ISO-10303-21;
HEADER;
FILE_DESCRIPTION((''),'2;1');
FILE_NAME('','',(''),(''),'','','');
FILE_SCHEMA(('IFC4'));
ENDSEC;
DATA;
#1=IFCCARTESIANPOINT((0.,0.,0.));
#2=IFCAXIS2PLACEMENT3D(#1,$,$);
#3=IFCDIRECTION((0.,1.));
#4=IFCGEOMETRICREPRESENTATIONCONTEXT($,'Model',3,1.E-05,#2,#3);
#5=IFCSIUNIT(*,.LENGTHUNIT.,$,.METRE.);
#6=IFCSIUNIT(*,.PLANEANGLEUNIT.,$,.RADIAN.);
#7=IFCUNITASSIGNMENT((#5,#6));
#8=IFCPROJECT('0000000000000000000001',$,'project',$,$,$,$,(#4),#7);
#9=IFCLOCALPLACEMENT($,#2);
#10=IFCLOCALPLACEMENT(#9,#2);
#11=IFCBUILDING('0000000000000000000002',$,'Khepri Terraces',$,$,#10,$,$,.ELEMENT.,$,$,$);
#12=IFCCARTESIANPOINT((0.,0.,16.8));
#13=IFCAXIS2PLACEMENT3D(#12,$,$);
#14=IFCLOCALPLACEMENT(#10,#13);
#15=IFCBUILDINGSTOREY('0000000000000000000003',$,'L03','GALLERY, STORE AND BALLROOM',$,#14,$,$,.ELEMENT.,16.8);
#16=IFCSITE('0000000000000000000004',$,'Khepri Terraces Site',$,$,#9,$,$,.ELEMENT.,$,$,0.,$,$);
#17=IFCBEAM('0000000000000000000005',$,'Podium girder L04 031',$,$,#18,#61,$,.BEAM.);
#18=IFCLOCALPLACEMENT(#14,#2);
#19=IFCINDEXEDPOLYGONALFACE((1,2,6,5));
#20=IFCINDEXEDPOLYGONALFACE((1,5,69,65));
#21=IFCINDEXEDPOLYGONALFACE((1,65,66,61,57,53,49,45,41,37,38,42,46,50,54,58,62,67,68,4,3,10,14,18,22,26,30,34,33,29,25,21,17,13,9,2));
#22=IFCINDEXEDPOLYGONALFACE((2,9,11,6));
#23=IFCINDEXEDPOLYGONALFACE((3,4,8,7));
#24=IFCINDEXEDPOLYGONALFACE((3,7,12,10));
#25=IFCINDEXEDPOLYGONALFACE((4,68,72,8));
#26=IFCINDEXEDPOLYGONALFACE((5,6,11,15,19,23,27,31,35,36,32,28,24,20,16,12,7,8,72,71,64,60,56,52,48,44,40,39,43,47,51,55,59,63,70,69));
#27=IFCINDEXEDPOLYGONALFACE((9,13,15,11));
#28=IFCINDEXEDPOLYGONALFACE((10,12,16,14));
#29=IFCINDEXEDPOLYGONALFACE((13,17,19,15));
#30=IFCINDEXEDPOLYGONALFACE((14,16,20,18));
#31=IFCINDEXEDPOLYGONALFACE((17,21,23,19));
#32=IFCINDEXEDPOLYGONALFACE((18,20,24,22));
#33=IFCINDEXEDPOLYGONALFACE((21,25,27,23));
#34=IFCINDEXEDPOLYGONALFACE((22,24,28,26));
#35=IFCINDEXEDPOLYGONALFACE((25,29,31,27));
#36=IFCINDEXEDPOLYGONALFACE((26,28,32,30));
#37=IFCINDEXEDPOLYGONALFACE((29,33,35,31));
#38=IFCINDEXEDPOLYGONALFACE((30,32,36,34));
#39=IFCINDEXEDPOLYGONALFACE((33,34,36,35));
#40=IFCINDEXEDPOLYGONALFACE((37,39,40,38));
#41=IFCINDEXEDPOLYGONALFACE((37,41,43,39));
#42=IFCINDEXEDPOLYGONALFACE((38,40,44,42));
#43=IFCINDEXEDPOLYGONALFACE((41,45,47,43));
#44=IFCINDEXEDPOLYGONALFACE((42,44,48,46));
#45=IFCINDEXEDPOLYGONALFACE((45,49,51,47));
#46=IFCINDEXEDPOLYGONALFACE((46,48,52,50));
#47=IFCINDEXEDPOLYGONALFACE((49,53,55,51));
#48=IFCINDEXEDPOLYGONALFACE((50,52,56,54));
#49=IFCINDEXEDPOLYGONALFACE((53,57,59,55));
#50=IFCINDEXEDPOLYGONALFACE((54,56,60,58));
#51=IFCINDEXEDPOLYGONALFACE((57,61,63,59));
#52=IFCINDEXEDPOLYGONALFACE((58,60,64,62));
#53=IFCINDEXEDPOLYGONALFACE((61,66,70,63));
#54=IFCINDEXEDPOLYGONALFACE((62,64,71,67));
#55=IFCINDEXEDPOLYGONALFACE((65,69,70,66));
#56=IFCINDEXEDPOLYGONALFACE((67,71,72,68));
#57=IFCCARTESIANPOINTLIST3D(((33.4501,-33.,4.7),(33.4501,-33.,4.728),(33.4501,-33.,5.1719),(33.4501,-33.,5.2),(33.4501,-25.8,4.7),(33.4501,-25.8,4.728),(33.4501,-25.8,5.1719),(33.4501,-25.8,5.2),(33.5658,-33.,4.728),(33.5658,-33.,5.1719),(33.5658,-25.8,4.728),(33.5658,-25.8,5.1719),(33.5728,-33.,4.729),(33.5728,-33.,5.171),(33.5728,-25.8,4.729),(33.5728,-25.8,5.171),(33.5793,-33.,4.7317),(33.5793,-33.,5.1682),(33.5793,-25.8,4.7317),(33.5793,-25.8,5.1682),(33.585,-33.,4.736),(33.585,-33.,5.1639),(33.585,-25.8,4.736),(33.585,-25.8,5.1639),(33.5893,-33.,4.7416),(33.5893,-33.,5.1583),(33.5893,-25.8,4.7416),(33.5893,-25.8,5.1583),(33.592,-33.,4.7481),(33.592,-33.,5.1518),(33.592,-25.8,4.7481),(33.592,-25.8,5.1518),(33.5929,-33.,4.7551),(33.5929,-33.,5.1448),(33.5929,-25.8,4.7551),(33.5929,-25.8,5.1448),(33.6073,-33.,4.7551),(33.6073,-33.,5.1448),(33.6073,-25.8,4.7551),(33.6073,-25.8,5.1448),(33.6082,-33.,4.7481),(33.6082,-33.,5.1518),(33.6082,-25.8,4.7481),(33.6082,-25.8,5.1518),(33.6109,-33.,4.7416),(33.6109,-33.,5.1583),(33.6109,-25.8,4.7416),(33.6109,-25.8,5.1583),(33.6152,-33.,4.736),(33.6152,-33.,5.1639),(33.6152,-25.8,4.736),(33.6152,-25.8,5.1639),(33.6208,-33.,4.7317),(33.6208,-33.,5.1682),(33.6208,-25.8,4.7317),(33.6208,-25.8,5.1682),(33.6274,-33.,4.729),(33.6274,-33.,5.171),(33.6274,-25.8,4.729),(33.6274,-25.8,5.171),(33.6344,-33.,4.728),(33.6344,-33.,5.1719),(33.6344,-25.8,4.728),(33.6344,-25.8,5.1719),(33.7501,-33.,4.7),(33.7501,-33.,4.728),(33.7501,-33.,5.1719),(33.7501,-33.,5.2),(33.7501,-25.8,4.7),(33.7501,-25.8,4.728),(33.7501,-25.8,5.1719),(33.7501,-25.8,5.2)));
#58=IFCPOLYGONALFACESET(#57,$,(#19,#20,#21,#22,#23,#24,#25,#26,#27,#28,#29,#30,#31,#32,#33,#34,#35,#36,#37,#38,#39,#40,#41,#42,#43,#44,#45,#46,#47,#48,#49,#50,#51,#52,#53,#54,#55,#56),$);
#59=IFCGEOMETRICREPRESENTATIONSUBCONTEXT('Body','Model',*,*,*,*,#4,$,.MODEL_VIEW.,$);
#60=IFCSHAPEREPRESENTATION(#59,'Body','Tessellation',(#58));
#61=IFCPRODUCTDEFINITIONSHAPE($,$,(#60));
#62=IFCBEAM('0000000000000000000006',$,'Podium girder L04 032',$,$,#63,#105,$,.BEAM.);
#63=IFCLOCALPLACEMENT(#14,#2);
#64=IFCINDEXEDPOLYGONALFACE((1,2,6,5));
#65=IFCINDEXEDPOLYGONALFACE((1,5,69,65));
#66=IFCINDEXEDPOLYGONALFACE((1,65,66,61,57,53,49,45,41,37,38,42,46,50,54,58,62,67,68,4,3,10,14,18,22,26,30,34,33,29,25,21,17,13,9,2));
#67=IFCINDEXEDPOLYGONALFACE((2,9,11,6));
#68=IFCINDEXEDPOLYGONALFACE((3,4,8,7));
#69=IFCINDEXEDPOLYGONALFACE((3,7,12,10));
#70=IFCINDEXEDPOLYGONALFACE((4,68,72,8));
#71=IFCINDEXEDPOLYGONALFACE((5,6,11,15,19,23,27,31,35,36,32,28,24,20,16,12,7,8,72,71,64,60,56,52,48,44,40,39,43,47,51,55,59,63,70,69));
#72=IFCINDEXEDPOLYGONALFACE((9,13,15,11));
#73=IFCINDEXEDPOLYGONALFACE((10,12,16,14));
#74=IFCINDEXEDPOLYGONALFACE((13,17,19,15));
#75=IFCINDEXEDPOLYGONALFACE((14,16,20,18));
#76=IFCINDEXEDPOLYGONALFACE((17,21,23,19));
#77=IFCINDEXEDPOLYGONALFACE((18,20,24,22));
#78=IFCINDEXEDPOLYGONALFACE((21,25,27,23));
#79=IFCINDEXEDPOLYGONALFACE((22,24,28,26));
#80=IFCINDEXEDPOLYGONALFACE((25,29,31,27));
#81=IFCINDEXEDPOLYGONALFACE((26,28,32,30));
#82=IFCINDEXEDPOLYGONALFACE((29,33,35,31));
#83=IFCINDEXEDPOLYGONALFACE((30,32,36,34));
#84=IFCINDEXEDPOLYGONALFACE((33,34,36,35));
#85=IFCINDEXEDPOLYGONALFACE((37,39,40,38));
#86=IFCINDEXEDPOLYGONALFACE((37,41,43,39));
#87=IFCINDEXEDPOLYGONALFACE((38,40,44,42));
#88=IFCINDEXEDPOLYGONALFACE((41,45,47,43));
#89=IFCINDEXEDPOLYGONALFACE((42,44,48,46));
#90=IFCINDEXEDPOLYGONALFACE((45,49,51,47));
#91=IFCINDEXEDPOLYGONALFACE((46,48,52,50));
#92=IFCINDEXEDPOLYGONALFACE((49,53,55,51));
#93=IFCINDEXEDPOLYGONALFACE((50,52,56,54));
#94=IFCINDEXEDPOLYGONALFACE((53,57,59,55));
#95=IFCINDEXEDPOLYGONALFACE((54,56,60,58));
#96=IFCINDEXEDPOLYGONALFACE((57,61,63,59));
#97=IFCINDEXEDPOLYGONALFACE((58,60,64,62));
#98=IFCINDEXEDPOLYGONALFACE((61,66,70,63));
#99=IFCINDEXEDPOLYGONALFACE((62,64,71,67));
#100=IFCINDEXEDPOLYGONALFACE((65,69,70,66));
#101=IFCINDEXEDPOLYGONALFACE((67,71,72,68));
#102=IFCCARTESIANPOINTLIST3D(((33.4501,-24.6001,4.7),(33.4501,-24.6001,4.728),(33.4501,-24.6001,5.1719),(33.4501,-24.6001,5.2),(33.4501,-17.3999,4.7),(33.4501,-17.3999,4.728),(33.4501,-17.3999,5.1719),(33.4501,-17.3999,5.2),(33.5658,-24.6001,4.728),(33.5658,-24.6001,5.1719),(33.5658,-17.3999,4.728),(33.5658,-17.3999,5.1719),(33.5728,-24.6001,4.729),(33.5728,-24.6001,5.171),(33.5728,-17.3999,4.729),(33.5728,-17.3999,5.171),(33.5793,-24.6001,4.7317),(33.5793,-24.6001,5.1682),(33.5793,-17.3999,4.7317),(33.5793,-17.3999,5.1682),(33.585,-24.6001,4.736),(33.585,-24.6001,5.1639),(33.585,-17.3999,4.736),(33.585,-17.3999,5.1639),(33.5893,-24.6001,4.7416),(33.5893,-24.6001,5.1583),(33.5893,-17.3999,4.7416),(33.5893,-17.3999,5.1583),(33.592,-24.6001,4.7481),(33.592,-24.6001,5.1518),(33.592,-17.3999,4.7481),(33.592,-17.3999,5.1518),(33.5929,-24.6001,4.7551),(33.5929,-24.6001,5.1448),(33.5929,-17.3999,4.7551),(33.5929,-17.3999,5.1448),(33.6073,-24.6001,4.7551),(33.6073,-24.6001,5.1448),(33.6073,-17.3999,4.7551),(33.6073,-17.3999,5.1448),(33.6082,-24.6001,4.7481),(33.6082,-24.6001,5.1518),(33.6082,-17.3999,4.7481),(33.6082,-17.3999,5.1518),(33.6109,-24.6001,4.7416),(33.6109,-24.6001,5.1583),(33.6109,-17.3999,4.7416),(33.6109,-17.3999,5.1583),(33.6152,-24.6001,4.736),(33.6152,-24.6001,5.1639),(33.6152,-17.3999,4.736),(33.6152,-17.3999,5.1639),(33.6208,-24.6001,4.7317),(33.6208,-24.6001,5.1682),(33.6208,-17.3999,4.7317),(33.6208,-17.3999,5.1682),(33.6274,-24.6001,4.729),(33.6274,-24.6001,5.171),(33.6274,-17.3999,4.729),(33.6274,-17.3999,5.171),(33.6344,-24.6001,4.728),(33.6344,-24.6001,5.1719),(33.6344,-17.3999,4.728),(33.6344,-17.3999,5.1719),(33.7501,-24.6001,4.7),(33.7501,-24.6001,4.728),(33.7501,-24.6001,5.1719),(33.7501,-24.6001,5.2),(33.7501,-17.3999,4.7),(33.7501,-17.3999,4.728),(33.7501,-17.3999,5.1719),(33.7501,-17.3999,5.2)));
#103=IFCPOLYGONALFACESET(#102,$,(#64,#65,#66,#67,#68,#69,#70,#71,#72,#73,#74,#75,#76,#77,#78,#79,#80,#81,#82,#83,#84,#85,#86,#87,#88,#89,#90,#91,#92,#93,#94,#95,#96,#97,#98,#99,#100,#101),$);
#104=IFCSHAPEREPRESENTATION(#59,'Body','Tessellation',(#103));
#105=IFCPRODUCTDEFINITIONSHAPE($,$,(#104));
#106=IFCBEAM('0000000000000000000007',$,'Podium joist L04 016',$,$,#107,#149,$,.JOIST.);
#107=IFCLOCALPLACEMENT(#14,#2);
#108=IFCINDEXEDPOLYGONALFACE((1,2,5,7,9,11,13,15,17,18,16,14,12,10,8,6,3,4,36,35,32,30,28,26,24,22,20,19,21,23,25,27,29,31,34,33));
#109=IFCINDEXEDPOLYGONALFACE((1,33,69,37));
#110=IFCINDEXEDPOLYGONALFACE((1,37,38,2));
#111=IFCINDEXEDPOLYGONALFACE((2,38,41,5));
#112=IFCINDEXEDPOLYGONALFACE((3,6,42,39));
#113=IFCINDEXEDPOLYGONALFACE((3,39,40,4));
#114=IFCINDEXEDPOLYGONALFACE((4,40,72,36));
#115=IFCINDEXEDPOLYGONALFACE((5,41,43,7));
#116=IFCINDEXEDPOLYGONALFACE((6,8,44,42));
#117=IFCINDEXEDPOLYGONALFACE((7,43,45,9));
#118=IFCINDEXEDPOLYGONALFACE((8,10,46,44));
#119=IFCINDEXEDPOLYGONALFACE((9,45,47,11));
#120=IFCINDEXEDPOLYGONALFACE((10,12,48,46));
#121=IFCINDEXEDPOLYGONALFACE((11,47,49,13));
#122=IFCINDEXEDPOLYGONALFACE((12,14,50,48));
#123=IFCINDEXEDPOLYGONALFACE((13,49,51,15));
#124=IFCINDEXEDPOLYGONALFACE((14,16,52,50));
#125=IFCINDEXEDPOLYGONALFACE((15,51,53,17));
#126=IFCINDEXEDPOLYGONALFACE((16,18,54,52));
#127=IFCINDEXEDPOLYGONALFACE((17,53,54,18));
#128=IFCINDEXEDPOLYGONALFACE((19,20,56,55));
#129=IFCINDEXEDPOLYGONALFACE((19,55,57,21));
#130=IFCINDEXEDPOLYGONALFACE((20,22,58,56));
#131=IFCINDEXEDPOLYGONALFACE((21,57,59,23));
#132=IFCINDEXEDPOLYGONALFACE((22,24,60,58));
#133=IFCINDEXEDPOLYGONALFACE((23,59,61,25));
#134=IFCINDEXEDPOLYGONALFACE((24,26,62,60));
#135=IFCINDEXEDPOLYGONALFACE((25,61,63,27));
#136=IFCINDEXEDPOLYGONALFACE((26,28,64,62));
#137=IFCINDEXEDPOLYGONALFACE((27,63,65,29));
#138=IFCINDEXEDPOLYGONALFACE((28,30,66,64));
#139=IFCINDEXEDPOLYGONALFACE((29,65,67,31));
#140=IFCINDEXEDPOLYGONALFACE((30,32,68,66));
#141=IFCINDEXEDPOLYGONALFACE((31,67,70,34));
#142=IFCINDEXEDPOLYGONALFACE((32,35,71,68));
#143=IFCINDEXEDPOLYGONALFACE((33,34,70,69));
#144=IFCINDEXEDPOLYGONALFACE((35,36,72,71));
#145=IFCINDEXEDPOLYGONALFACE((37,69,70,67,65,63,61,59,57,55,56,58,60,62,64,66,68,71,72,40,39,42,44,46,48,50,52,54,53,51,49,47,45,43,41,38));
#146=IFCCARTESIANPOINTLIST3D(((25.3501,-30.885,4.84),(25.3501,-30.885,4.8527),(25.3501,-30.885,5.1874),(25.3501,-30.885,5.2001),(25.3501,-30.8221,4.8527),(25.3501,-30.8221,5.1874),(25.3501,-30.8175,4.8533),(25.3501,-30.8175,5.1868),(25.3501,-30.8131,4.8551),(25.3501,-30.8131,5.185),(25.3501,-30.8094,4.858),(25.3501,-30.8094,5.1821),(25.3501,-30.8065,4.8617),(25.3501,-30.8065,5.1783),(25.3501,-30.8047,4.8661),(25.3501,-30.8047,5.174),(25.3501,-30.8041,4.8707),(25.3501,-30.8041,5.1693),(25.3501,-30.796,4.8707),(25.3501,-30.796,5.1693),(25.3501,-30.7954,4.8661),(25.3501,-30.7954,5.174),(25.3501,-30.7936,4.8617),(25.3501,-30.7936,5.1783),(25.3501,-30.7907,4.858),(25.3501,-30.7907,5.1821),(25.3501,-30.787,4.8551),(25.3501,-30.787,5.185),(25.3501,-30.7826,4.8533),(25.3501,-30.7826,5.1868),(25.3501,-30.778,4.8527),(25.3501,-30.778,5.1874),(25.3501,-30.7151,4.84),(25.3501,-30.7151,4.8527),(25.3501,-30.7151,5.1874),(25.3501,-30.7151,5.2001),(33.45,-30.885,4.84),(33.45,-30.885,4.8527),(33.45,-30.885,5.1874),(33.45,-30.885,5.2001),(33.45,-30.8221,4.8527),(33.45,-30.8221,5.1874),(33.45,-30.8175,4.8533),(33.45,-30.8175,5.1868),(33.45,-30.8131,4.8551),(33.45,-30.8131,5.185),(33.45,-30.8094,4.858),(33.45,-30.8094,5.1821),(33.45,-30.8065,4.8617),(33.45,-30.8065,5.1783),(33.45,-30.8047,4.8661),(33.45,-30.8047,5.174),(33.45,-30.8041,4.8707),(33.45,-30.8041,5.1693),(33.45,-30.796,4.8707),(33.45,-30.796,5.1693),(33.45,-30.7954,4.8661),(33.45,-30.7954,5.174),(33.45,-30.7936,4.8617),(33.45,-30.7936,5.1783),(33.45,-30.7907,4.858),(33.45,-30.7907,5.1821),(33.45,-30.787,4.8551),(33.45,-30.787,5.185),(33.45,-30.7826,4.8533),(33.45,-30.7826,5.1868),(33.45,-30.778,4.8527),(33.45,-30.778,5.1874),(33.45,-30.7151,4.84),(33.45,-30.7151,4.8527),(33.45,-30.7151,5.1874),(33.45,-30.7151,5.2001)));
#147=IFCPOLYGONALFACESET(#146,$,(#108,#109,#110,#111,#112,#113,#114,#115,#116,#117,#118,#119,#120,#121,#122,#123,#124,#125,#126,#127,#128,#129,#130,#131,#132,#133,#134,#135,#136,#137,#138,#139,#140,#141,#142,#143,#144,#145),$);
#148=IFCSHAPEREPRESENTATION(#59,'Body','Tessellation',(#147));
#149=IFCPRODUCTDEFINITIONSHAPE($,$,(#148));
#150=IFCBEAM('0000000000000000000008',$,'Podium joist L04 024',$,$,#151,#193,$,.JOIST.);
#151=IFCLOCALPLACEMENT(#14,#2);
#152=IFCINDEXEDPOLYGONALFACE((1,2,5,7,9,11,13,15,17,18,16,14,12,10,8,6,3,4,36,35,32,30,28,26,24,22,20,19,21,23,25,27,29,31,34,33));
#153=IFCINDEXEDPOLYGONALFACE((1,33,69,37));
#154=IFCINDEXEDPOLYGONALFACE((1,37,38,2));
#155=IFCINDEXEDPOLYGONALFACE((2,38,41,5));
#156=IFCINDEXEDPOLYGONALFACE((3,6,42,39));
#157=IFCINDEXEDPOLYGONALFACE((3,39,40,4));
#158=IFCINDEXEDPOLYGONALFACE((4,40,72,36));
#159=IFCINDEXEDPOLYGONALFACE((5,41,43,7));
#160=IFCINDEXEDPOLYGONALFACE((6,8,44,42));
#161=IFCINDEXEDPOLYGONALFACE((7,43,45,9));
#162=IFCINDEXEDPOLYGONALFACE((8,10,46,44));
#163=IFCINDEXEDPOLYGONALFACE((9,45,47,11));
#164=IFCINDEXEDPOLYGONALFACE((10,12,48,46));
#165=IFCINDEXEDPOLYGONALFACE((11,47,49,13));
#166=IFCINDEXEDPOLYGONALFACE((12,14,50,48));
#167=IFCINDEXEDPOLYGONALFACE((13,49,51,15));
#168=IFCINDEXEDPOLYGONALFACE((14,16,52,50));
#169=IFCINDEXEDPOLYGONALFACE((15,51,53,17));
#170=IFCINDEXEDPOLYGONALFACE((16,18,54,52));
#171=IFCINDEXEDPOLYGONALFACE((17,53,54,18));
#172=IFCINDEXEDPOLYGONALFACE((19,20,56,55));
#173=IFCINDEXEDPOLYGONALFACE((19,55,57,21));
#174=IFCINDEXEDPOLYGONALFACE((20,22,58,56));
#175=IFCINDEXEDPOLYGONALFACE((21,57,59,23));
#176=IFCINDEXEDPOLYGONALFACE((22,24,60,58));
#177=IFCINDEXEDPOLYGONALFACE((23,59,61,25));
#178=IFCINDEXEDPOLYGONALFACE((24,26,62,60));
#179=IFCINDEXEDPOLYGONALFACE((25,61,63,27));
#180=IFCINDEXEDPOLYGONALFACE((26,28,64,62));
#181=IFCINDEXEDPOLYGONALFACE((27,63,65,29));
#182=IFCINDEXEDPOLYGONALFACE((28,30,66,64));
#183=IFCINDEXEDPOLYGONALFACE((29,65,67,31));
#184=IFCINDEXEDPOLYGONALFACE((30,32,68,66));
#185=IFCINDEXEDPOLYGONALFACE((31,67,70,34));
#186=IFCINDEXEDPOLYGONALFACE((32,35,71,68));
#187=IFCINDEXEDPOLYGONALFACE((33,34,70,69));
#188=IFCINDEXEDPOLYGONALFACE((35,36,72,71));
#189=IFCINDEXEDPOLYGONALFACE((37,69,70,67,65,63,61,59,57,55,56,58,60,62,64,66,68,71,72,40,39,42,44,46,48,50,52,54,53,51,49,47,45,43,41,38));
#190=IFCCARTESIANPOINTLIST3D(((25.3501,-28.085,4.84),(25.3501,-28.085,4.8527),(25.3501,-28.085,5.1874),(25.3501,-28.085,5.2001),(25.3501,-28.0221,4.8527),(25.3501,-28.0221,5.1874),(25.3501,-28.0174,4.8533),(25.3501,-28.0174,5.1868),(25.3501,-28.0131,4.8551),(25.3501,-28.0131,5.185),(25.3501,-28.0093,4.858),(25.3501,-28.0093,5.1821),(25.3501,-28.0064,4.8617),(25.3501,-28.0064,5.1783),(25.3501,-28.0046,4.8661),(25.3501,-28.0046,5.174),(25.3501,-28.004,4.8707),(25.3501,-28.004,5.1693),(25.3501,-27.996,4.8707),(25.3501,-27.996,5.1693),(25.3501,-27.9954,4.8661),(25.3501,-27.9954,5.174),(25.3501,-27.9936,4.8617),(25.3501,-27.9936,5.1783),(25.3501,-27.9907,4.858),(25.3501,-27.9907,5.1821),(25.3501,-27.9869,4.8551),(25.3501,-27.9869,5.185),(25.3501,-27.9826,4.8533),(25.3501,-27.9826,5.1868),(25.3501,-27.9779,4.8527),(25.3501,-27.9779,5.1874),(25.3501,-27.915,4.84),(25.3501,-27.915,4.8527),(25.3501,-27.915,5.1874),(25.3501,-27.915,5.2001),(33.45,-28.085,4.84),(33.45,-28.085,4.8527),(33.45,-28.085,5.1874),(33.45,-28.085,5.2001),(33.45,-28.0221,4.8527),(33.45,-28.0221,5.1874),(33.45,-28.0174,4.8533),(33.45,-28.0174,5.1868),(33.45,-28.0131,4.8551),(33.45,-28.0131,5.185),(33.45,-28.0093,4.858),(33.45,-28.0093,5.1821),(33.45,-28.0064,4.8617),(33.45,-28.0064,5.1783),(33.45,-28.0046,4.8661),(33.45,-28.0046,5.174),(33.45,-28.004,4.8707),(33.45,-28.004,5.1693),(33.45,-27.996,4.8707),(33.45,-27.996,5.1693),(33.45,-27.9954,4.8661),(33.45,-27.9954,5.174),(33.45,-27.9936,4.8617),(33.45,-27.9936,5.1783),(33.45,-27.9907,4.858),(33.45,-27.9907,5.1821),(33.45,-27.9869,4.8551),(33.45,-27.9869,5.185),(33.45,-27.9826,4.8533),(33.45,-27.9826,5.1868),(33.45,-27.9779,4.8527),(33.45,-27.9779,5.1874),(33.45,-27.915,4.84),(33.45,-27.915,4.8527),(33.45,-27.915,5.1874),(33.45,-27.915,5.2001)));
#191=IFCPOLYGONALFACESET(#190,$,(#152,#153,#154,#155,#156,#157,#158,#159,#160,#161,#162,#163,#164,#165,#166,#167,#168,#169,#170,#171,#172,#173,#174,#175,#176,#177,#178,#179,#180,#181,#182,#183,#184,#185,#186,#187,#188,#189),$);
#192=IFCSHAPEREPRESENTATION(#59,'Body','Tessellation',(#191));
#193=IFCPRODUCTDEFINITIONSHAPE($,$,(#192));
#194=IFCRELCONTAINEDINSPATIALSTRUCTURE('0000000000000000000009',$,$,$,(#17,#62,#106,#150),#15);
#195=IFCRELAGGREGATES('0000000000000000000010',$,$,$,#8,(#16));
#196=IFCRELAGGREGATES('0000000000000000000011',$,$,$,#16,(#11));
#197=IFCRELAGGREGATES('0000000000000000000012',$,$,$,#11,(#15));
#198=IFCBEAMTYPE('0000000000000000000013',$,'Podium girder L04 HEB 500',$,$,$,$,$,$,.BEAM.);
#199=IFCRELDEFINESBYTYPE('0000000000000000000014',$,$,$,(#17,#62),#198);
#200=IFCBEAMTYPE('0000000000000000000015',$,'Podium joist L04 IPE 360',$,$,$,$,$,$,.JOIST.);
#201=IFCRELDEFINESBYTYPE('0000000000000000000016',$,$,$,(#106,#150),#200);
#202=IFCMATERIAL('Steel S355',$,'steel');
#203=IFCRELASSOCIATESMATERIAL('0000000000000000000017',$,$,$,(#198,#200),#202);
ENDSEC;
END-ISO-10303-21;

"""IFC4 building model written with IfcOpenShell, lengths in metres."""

from ifc_helpers import new_model, si_unit, direction, frame, origin, origin_2d, place, context, subcontext, project, spatial, i_section, extrude, material, material_profile, profile_set, type_object, element, save


model = new_model("IFC4")

# Units and contexts
model_context = context("Model", 3, precision=1e-05, world=origin(), true_north=direction((0.0, 1.0)))
body_context = subcontext(model_context, "Body", "Model", "MODEL_VIEW")
ifc_project = project(units=[si_unit("LENGTHUNIT", "METRE"), si_unit("PLANEANGLEUNIT", "RADIAN")], contexts=[model_context])

# Site, building, storey
site_placement = place(None, origin())
site = spatial("IfcSite", under=ifc_project, at=site_placement, Name="Khepri Terraces Site", CompositionType="ELEMENT", RefElevation=0.0)
building_placement = place(site_placement, origin())
building = spatial("IfcBuilding", under=site, at=building_placement, Name="Khepri Terraces", CompositionType="ELEMENT")
storey_placement = place(building_placement, frame((0.0, 0.0, 16.8)))
storey = spatial("IfcBuildingStorey", under=building, at=storey_placement, Name="L03", Description="GALLERY, STORE AND BALLROOM", CompositionType="ELEMENT", Elevation=16.8)

# Beams
ifc_material_1 = material(Name="Steel S355", Category="steel")
ifc_material_profile_1 = material_profile(ifc_material_1, i_section(OverallWidth=0.3, OverallDepth=0.5, WebThickness=0.0144, FlangeThickness=0.0281, FilletRadius=0.0271, at=origin_2d()), Name="Steel S355", Category="steel")
ifc_profile_set_1 = profile_set([ifc_material_profile_1], Name="Steel S355")
beam_type_1 = type_object("IfcBeamType", Name="Podium girder L04 HEB 500", PredefinedType="BEAM", material=ifc_profile_set_1)
beam_1_placement = place(storey_placement, frame((33.6001, -33.0, 4.95), z_axis=(0.0, 1.0, 0.0), x_axis=(-1.0, 0.0, 0.0)))
element("IfcBeam", 1, at=beam_1_placement, inside=storey, type_object=beam_type_1, Name="Podium girder L04 031", PredefinedType="BEAM", context=body_context, shape_type="SweptSolid", body=[
    extrude(i_section(OverallWidth=0.3, OverallDepth=0.5, WebThickness=0.0144, FlangeThickness=0.0281, FilletRadius=0.0271, at=origin_2d()), origin(), (0.0, 0.0, 1.0), 7.2),
])
beam_2_placement = place(storey_placement, frame((33.6001, -24.6001, 4.95), z_axis=(0.0, 1.0, 0.0), x_axis=(-1.0, 0.0, 0.0)))
element("IfcBeam", 2, at=beam_2_placement, inside=storey, type_object=beam_type_1, Name="Podium girder L04 032", PredefinedType="BEAM", context=body_context, shape_type="SweptSolid", body=[
    extrude(i_section(OverallWidth=0.3, OverallDepth=0.5, WebThickness=0.0144, FlangeThickness=0.0281, FilletRadius=0.0271, at=origin_2d()), origin(), (0.0, 0.0, 1.0), 7.2002),
])
ifc_material_profile_2 = material_profile(ifc_material_1, i_section(OverallWidth=0.1699, OverallDepth=0.3601, WebThickness=0.0081, FlangeThickness=0.0127, FilletRadius=0.0181, at=origin_2d()), Name="Steel S355", Category="steel")
ifc_profile_set_2 = profile_set([ifc_material_profile_2], Name="Steel S355")
beam_type_2 = type_object("IfcBeamType", Name="Podium joist L04 IPE 360", PredefinedType="JOIST", material=ifc_profile_set_2)
for number, where, z_axis, x_axis, name in (
    (3, (25.3501, -30.8, 5.02), (1.0, 0.0, 0.0), (0.0, 1.0, 0.0), "Podium joist L04 016"),
    (4, (25.3501, -28.0, 5.02), (1.0, 0.0, 0.0), (0.0, 1.0, 0.0), "Podium joist L04 024"),
):
    element("IfcBeam", number, at=place(storey_placement, frame(where, z_axis=z_axis, x_axis=x_axis)), inside=storey, type_object=beam_type_2, Name=name, PredefinedType="JOIST", context=body_context, shape_type="SweptSolid", body=[
        extrude(i_section(OverallWidth=0.1699, OverallDepth=0.3601, WebThickness=0.0081, FlangeThickness=0.0127, FilletRadius=0.0181, at=origin_2d()), origin(), (0.0, 0.0, 1.0), 8.0999),
    ])

save(model, "model.ifc")
